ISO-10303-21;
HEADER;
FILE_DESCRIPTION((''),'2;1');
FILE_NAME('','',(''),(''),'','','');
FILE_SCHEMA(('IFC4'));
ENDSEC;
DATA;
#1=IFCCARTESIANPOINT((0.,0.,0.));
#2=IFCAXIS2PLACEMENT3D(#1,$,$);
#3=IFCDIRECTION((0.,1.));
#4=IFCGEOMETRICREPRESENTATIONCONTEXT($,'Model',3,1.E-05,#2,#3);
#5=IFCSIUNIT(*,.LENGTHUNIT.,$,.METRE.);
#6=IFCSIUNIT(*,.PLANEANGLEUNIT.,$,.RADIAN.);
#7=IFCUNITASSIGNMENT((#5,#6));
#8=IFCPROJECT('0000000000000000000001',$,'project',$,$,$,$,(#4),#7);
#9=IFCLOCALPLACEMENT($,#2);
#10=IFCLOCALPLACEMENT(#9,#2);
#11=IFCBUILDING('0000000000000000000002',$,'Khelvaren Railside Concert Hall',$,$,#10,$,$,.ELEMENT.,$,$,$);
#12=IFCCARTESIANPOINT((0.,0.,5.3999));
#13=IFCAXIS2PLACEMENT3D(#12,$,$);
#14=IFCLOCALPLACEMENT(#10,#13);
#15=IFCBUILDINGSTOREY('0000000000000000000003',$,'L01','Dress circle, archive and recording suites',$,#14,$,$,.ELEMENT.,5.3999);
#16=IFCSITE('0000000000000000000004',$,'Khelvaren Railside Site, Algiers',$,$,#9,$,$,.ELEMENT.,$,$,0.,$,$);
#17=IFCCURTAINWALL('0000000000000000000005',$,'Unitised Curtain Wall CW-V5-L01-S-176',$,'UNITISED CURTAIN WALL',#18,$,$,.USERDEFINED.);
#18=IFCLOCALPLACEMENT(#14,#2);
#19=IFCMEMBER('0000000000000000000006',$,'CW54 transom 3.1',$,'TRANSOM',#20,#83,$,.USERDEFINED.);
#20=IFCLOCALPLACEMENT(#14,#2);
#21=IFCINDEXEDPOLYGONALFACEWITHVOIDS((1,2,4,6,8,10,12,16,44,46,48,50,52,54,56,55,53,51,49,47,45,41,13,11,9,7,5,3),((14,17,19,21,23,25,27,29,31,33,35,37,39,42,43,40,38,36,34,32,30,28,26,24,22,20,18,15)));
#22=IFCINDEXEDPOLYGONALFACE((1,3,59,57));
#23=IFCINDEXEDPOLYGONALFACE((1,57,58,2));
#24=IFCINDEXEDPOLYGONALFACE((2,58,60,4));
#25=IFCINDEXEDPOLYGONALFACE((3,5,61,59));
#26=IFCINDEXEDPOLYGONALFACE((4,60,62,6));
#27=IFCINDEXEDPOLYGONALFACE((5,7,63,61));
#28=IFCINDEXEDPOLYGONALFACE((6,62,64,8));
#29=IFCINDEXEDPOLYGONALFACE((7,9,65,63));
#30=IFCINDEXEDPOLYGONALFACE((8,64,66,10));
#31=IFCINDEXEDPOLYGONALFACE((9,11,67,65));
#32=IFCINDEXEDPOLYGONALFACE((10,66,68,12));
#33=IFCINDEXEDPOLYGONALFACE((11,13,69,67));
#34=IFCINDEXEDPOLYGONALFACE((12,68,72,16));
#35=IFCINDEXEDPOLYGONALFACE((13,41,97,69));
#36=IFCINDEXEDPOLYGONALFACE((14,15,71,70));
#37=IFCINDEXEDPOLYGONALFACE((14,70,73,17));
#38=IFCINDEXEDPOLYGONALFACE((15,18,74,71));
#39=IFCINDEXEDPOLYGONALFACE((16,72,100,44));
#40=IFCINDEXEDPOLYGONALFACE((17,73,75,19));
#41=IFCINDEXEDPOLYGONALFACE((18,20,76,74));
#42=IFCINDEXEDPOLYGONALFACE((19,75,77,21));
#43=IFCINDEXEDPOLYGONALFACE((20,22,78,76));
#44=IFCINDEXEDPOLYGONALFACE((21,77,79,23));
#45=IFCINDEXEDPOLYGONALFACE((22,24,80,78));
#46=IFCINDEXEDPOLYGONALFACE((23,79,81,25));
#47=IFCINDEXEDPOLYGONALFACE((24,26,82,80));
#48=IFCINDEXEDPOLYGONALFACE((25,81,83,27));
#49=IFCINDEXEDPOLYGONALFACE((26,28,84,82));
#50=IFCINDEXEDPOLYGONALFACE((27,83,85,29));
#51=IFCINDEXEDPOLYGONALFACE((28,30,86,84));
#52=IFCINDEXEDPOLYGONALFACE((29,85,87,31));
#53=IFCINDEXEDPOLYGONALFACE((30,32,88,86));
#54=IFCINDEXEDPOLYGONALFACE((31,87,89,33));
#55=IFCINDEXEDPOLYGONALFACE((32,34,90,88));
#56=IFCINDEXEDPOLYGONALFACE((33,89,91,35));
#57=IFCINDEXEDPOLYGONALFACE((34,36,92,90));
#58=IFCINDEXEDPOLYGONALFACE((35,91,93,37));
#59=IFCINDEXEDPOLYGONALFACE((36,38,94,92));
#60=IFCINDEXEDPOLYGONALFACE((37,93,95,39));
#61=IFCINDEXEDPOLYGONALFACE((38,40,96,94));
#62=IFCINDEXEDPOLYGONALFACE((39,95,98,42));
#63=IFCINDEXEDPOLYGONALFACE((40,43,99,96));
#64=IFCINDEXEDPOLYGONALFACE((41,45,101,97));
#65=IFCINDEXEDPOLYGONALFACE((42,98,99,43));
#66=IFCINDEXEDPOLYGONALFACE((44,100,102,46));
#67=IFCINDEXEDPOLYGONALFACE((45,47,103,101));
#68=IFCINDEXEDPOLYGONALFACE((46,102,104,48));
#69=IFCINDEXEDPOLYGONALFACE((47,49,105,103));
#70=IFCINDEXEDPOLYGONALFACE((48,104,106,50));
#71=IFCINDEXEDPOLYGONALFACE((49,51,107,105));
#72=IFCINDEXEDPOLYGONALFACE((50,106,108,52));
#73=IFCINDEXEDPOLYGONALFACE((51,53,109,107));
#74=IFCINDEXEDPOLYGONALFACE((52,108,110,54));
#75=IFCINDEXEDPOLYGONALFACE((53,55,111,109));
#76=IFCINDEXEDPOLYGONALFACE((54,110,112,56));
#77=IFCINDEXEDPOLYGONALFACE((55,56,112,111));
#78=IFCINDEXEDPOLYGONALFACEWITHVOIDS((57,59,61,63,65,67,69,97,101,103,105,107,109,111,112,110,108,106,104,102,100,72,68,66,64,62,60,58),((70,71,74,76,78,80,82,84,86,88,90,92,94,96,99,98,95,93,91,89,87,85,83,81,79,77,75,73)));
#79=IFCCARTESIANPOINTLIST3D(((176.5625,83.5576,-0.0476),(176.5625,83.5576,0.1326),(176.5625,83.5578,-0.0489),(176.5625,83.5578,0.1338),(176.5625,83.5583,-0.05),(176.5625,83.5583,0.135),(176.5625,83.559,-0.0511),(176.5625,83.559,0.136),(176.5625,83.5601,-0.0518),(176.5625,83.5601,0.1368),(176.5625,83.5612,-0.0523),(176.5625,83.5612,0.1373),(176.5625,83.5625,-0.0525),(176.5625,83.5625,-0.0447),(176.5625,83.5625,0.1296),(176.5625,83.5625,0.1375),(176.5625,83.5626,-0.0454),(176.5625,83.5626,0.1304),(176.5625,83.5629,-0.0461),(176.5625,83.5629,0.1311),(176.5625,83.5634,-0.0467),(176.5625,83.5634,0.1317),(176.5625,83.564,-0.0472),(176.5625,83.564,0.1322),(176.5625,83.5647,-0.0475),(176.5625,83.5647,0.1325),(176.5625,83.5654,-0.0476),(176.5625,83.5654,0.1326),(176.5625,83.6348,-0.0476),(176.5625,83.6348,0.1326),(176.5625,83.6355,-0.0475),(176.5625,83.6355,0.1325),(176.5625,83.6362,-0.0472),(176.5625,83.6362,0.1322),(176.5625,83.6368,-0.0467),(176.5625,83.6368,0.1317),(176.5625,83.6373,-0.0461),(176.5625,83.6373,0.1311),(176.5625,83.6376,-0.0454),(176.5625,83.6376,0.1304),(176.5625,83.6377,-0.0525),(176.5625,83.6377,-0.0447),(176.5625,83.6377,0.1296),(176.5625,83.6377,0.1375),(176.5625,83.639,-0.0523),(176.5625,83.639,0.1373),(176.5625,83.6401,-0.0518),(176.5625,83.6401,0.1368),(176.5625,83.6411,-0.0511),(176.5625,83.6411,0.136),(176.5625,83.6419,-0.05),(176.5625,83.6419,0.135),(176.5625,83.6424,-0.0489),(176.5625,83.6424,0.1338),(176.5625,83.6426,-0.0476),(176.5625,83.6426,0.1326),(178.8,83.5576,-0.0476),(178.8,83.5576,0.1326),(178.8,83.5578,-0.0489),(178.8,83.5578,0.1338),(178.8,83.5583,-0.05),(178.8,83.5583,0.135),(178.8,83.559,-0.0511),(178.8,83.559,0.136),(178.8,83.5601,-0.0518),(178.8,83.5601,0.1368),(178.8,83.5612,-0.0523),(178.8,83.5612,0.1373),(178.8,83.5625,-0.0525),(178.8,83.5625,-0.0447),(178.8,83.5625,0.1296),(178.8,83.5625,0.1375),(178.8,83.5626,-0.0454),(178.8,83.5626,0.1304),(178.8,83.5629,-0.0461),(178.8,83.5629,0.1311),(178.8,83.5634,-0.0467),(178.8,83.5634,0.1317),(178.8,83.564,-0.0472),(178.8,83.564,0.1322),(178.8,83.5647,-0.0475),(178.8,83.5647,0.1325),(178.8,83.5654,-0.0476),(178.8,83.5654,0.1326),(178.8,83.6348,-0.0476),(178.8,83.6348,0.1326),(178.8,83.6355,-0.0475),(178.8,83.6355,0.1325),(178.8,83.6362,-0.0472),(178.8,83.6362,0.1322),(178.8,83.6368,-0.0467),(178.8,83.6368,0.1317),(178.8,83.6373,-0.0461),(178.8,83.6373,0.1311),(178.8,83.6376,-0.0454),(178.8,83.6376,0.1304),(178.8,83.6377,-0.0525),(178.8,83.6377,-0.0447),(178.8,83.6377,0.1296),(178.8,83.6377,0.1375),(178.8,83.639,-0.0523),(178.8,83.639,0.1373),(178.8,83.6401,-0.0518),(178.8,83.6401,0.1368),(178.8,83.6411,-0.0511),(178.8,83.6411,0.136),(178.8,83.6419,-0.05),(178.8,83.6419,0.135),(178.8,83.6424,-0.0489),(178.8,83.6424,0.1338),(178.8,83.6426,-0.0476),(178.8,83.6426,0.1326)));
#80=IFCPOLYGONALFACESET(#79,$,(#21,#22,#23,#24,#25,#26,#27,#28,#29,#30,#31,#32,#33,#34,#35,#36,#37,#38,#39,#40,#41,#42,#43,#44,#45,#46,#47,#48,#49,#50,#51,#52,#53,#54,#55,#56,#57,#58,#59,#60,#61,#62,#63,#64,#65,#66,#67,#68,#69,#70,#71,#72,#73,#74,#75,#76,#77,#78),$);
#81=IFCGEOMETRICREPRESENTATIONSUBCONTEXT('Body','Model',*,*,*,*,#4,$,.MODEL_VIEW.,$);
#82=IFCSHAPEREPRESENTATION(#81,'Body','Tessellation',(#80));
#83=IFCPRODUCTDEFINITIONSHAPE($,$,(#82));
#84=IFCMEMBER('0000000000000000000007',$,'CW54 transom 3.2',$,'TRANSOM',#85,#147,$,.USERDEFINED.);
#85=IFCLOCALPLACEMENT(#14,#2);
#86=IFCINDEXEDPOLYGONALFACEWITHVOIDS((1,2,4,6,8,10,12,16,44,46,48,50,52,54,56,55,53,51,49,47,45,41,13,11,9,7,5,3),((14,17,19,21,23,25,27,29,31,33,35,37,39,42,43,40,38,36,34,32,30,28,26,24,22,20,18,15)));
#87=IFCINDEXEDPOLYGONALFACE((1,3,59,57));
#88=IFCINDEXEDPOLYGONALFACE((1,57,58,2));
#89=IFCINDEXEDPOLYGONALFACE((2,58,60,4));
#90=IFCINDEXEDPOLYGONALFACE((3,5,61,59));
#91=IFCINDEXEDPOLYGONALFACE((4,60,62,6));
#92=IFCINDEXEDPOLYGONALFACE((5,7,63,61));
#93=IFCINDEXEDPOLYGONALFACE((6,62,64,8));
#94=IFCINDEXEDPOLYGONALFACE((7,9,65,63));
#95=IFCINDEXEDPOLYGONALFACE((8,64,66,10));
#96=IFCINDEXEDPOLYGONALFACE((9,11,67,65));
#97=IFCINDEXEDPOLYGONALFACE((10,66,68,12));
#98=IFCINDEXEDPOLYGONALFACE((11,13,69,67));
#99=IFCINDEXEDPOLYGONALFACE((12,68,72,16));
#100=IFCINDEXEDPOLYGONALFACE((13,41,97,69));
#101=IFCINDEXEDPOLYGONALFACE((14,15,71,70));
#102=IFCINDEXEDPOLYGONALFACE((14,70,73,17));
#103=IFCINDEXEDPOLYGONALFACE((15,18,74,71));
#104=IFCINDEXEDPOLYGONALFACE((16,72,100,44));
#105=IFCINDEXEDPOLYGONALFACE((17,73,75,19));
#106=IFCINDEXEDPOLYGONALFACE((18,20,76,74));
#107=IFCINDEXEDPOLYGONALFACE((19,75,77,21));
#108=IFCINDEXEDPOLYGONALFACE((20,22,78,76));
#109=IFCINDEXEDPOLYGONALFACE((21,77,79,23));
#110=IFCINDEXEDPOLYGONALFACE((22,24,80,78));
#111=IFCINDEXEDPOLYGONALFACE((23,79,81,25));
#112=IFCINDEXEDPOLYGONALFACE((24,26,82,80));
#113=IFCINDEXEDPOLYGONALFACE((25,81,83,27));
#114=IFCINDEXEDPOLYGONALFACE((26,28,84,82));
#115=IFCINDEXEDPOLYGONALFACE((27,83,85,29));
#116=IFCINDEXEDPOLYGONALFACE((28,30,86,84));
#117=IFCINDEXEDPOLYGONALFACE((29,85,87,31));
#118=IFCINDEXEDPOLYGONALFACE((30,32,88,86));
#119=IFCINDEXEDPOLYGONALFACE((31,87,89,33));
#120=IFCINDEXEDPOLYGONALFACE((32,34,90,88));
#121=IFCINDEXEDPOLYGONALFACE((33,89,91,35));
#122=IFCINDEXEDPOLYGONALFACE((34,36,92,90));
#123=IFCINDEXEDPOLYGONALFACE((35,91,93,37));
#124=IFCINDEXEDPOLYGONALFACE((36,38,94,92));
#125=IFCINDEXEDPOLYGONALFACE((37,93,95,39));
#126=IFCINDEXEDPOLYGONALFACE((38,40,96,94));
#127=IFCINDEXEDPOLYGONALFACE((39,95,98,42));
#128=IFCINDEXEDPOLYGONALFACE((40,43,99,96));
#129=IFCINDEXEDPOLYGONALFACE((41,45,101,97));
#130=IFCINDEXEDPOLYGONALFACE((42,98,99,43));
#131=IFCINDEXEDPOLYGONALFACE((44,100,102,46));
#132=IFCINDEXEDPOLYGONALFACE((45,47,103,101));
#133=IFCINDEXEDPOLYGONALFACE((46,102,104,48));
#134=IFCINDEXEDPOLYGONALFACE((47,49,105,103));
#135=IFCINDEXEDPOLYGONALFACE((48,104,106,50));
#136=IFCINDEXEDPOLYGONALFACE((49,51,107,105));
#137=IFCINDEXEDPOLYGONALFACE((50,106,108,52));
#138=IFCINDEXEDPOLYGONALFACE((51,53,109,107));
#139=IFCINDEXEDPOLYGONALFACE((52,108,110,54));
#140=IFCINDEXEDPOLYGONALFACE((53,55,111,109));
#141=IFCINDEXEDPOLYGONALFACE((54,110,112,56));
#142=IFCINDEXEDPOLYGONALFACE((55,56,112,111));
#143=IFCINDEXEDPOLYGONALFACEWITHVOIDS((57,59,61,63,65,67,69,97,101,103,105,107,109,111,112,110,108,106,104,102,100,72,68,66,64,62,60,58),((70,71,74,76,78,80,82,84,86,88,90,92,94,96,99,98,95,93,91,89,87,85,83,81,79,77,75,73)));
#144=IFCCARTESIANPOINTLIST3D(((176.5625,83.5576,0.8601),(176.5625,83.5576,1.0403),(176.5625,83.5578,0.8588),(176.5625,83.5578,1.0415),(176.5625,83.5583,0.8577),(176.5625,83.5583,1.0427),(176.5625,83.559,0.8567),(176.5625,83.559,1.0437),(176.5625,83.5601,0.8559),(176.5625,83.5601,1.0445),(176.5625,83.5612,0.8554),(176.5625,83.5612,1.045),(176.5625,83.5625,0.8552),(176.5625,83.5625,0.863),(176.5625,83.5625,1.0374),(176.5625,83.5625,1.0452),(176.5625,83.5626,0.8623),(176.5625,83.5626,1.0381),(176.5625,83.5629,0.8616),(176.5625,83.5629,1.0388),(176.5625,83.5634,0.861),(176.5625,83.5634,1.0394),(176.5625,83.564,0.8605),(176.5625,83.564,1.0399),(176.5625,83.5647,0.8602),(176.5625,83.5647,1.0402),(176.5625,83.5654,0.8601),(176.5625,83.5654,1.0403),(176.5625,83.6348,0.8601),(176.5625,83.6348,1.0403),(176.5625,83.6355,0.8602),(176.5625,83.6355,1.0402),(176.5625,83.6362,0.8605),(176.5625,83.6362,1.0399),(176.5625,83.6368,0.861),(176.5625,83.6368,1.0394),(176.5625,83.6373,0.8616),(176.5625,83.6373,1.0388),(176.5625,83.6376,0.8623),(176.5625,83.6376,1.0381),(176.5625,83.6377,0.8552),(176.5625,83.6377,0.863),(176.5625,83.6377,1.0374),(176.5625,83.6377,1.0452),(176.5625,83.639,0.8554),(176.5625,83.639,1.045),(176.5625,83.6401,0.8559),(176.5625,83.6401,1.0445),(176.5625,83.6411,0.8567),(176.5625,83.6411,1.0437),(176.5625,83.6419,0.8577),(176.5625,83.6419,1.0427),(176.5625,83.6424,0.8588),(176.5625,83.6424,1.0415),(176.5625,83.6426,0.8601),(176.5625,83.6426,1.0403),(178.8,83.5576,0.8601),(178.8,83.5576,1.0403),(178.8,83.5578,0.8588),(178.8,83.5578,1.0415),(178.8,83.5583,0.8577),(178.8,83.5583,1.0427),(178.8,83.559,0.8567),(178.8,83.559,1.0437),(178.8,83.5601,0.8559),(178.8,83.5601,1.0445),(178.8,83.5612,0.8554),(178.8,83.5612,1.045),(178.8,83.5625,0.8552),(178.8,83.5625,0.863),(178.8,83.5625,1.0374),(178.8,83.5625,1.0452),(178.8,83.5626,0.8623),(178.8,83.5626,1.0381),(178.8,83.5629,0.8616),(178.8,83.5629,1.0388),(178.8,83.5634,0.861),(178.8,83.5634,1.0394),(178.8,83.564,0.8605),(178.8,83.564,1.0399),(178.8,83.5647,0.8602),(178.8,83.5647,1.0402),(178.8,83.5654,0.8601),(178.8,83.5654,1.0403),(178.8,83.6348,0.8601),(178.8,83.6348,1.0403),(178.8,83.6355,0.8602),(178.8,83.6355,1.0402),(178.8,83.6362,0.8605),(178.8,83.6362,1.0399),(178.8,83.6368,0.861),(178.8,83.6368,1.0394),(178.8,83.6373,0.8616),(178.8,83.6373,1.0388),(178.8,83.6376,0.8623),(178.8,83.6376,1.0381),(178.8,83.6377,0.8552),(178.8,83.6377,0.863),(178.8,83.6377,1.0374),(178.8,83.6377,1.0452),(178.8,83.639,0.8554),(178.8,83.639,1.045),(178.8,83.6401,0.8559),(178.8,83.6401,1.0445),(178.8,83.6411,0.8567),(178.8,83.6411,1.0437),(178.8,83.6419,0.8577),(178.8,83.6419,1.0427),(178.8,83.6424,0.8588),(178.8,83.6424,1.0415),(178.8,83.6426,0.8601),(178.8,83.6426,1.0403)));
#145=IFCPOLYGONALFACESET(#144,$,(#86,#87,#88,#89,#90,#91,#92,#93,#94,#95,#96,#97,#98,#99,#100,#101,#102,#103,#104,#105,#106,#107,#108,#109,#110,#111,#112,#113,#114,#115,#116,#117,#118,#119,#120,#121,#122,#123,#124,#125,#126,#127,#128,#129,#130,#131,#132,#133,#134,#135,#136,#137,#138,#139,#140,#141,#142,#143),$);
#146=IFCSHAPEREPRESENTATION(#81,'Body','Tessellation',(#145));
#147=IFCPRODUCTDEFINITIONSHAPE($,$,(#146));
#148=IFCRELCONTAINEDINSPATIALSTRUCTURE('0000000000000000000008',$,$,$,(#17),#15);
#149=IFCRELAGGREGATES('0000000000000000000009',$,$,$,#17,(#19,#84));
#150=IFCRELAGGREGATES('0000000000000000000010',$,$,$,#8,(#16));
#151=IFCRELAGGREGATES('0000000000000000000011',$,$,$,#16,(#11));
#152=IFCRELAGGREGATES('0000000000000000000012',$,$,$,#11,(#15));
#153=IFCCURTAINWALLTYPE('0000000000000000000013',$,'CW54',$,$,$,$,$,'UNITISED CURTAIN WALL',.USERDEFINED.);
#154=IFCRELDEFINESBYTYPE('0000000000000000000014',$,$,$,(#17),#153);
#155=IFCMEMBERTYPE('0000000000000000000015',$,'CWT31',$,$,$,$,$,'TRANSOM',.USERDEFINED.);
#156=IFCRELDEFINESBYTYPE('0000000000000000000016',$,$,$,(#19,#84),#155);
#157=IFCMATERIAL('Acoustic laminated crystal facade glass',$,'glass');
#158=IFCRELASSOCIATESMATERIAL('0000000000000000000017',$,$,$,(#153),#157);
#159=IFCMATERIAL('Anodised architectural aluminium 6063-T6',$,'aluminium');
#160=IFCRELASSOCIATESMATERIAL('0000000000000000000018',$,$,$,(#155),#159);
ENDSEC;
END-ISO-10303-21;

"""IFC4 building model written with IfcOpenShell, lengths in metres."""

from ifc_helpers import new_model, si_unit, direction, frame, origin, origin_2d, place, context, subcontext, project, spatial, hollow_rectangle, extrude, material, material_profile, profile_set, type_object, element, aggregate, save


model = new_model("IFC4")

# Units and contexts
model_context = context("Model", 3, precision=1e-05, world=origin(), true_north=direction((0.0, 1.0)))
body_context = subcontext(model_context, "Body", "Model", "MODEL_VIEW")
ifc_project = project(units=[si_unit("LENGTHUNIT", "METRE"), si_unit("PLANEANGLEUNIT", "RADIAN")], contexts=[model_context])

# Site, building, storey
site_placement = place(None, origin())
site = spatial("IfcSite", under=ifc_project, at=site_placement, Name="Khelvaren Railside Site, Algiers", CompositionType="ELEMENT", RefElevation=0.0)
building_placement = place(site_placement, origin())
building = spatial("IfcBuilding", under=site, at=building_placement, Name="Khelvaren Railside Concert Hall", CompositionType="ELEMENT")
storey_placement = place(building_placement, frame((0.0, 0.0, 5.3999)))
storey = spatial("IfcBuildingStorey", under=building, at=storey_placement, Name="L01", Description="Dress circle, archive and recording suites", CompositionType="ELEMENT", Elevation=5.3999)

# Shared definitions
ifc_material_1 = material(Name="Acoustic laminated crystal facade glass", Category="glass")
ifc_material_2 = material(Name="Anodised architectural aluminium 6063-T6", Category="aluminium")

# Curtain wall
curtain_wall_type_1 = type_object("IfcCurtainWallType", Name="CW54", ElementType="UNITISED CURTAIN WALL", PredefinedType="USERDEFINED", material=ifc_material_1)
curtain_wall_1_placement = place(storey_placement, origin())
curtain_wall_1 = element("IfcCurtainWall", 1, at=curtain_wall_1_placement, inside=storey, type_object=curtain_wall_type_1, Name="Unitised Curtain Wall CW-V5-L01-S-176", ObjectType="UNITISED CURTAIN WALL", PredefinedType="USERDEFINED")

# Members
ifc_material_profile_1 = material_profile(ifc_material_2, hollow_rectangle(XDim=0.085, YDim=0.1899, WallThickness=0.0049, InnerFilletRadius=0.0029, OuterFilletRadius=0.0049, at=origin_2d()), Name="CWT 85x190x5")
ifc_profile_set_1 = profile_set([ifc_material_profile_1], Name="Anodised architectural aluminium 6063-T6")
member_type_1 = type_object("IfcMemberType", Name="CWT31", ElementType="TRANSOM", PredefinedType="USERDEFINED", material=ifc_profile_set_1)
member_1_placement = place(storey_placement, frame((178.8, 83.6001, 0.0425), z_axis=(-1.0, 0.0, 0.0), x_axis=(0.0, -1.0, 0.0)))
member_1 = element("IfcMember", 2, at=member_1_placement, type_object=member_type_1, Name="CW54 transom 3.1", ObjectType="TRANSOM", PredefinedType="USERDEFINED", context=body_context, shape_type="SweptSolid", body=[
    extrude(hollow_rectangle(XDim=0.085, YDim=0.1899, WallThickness=0.0049, InnerFilletRadius=0.0029, OuterFilletRadius=0.0049, at=origin_2d()), origin(), (0.0, 0.0, 1.0), 2.2375),
])
member_2_placement = place(storey_placement, frame((178.8, 83.6001, 0.9502), z_axis=(-1.0, 0.0, 0.0), x_axis=(0.0, -1.0, 0.0)))
member_2 = element("IfcMember", 3, at=member_2_placement, type_object=member_type_1, Name="CW54 transom 3.2", ObjectType="TRANSOM", PredefinedType="USERDEFINED", context=body_context, shape_type="SweptSolid", body=[
    extrude(hollow_rectangle(XDim=0.085, YDim=0.1899, WallThickness=0.0049, InnerFilletRadius=0.0029, OuterFilletRadius=0.0049, at=origin_2d()), origin(), (0.0, 0.0, 1.0), 2.2375),
])

aggregate(curtain_wall_1, [member_1, member_2])

save(model, "model.ifc")
